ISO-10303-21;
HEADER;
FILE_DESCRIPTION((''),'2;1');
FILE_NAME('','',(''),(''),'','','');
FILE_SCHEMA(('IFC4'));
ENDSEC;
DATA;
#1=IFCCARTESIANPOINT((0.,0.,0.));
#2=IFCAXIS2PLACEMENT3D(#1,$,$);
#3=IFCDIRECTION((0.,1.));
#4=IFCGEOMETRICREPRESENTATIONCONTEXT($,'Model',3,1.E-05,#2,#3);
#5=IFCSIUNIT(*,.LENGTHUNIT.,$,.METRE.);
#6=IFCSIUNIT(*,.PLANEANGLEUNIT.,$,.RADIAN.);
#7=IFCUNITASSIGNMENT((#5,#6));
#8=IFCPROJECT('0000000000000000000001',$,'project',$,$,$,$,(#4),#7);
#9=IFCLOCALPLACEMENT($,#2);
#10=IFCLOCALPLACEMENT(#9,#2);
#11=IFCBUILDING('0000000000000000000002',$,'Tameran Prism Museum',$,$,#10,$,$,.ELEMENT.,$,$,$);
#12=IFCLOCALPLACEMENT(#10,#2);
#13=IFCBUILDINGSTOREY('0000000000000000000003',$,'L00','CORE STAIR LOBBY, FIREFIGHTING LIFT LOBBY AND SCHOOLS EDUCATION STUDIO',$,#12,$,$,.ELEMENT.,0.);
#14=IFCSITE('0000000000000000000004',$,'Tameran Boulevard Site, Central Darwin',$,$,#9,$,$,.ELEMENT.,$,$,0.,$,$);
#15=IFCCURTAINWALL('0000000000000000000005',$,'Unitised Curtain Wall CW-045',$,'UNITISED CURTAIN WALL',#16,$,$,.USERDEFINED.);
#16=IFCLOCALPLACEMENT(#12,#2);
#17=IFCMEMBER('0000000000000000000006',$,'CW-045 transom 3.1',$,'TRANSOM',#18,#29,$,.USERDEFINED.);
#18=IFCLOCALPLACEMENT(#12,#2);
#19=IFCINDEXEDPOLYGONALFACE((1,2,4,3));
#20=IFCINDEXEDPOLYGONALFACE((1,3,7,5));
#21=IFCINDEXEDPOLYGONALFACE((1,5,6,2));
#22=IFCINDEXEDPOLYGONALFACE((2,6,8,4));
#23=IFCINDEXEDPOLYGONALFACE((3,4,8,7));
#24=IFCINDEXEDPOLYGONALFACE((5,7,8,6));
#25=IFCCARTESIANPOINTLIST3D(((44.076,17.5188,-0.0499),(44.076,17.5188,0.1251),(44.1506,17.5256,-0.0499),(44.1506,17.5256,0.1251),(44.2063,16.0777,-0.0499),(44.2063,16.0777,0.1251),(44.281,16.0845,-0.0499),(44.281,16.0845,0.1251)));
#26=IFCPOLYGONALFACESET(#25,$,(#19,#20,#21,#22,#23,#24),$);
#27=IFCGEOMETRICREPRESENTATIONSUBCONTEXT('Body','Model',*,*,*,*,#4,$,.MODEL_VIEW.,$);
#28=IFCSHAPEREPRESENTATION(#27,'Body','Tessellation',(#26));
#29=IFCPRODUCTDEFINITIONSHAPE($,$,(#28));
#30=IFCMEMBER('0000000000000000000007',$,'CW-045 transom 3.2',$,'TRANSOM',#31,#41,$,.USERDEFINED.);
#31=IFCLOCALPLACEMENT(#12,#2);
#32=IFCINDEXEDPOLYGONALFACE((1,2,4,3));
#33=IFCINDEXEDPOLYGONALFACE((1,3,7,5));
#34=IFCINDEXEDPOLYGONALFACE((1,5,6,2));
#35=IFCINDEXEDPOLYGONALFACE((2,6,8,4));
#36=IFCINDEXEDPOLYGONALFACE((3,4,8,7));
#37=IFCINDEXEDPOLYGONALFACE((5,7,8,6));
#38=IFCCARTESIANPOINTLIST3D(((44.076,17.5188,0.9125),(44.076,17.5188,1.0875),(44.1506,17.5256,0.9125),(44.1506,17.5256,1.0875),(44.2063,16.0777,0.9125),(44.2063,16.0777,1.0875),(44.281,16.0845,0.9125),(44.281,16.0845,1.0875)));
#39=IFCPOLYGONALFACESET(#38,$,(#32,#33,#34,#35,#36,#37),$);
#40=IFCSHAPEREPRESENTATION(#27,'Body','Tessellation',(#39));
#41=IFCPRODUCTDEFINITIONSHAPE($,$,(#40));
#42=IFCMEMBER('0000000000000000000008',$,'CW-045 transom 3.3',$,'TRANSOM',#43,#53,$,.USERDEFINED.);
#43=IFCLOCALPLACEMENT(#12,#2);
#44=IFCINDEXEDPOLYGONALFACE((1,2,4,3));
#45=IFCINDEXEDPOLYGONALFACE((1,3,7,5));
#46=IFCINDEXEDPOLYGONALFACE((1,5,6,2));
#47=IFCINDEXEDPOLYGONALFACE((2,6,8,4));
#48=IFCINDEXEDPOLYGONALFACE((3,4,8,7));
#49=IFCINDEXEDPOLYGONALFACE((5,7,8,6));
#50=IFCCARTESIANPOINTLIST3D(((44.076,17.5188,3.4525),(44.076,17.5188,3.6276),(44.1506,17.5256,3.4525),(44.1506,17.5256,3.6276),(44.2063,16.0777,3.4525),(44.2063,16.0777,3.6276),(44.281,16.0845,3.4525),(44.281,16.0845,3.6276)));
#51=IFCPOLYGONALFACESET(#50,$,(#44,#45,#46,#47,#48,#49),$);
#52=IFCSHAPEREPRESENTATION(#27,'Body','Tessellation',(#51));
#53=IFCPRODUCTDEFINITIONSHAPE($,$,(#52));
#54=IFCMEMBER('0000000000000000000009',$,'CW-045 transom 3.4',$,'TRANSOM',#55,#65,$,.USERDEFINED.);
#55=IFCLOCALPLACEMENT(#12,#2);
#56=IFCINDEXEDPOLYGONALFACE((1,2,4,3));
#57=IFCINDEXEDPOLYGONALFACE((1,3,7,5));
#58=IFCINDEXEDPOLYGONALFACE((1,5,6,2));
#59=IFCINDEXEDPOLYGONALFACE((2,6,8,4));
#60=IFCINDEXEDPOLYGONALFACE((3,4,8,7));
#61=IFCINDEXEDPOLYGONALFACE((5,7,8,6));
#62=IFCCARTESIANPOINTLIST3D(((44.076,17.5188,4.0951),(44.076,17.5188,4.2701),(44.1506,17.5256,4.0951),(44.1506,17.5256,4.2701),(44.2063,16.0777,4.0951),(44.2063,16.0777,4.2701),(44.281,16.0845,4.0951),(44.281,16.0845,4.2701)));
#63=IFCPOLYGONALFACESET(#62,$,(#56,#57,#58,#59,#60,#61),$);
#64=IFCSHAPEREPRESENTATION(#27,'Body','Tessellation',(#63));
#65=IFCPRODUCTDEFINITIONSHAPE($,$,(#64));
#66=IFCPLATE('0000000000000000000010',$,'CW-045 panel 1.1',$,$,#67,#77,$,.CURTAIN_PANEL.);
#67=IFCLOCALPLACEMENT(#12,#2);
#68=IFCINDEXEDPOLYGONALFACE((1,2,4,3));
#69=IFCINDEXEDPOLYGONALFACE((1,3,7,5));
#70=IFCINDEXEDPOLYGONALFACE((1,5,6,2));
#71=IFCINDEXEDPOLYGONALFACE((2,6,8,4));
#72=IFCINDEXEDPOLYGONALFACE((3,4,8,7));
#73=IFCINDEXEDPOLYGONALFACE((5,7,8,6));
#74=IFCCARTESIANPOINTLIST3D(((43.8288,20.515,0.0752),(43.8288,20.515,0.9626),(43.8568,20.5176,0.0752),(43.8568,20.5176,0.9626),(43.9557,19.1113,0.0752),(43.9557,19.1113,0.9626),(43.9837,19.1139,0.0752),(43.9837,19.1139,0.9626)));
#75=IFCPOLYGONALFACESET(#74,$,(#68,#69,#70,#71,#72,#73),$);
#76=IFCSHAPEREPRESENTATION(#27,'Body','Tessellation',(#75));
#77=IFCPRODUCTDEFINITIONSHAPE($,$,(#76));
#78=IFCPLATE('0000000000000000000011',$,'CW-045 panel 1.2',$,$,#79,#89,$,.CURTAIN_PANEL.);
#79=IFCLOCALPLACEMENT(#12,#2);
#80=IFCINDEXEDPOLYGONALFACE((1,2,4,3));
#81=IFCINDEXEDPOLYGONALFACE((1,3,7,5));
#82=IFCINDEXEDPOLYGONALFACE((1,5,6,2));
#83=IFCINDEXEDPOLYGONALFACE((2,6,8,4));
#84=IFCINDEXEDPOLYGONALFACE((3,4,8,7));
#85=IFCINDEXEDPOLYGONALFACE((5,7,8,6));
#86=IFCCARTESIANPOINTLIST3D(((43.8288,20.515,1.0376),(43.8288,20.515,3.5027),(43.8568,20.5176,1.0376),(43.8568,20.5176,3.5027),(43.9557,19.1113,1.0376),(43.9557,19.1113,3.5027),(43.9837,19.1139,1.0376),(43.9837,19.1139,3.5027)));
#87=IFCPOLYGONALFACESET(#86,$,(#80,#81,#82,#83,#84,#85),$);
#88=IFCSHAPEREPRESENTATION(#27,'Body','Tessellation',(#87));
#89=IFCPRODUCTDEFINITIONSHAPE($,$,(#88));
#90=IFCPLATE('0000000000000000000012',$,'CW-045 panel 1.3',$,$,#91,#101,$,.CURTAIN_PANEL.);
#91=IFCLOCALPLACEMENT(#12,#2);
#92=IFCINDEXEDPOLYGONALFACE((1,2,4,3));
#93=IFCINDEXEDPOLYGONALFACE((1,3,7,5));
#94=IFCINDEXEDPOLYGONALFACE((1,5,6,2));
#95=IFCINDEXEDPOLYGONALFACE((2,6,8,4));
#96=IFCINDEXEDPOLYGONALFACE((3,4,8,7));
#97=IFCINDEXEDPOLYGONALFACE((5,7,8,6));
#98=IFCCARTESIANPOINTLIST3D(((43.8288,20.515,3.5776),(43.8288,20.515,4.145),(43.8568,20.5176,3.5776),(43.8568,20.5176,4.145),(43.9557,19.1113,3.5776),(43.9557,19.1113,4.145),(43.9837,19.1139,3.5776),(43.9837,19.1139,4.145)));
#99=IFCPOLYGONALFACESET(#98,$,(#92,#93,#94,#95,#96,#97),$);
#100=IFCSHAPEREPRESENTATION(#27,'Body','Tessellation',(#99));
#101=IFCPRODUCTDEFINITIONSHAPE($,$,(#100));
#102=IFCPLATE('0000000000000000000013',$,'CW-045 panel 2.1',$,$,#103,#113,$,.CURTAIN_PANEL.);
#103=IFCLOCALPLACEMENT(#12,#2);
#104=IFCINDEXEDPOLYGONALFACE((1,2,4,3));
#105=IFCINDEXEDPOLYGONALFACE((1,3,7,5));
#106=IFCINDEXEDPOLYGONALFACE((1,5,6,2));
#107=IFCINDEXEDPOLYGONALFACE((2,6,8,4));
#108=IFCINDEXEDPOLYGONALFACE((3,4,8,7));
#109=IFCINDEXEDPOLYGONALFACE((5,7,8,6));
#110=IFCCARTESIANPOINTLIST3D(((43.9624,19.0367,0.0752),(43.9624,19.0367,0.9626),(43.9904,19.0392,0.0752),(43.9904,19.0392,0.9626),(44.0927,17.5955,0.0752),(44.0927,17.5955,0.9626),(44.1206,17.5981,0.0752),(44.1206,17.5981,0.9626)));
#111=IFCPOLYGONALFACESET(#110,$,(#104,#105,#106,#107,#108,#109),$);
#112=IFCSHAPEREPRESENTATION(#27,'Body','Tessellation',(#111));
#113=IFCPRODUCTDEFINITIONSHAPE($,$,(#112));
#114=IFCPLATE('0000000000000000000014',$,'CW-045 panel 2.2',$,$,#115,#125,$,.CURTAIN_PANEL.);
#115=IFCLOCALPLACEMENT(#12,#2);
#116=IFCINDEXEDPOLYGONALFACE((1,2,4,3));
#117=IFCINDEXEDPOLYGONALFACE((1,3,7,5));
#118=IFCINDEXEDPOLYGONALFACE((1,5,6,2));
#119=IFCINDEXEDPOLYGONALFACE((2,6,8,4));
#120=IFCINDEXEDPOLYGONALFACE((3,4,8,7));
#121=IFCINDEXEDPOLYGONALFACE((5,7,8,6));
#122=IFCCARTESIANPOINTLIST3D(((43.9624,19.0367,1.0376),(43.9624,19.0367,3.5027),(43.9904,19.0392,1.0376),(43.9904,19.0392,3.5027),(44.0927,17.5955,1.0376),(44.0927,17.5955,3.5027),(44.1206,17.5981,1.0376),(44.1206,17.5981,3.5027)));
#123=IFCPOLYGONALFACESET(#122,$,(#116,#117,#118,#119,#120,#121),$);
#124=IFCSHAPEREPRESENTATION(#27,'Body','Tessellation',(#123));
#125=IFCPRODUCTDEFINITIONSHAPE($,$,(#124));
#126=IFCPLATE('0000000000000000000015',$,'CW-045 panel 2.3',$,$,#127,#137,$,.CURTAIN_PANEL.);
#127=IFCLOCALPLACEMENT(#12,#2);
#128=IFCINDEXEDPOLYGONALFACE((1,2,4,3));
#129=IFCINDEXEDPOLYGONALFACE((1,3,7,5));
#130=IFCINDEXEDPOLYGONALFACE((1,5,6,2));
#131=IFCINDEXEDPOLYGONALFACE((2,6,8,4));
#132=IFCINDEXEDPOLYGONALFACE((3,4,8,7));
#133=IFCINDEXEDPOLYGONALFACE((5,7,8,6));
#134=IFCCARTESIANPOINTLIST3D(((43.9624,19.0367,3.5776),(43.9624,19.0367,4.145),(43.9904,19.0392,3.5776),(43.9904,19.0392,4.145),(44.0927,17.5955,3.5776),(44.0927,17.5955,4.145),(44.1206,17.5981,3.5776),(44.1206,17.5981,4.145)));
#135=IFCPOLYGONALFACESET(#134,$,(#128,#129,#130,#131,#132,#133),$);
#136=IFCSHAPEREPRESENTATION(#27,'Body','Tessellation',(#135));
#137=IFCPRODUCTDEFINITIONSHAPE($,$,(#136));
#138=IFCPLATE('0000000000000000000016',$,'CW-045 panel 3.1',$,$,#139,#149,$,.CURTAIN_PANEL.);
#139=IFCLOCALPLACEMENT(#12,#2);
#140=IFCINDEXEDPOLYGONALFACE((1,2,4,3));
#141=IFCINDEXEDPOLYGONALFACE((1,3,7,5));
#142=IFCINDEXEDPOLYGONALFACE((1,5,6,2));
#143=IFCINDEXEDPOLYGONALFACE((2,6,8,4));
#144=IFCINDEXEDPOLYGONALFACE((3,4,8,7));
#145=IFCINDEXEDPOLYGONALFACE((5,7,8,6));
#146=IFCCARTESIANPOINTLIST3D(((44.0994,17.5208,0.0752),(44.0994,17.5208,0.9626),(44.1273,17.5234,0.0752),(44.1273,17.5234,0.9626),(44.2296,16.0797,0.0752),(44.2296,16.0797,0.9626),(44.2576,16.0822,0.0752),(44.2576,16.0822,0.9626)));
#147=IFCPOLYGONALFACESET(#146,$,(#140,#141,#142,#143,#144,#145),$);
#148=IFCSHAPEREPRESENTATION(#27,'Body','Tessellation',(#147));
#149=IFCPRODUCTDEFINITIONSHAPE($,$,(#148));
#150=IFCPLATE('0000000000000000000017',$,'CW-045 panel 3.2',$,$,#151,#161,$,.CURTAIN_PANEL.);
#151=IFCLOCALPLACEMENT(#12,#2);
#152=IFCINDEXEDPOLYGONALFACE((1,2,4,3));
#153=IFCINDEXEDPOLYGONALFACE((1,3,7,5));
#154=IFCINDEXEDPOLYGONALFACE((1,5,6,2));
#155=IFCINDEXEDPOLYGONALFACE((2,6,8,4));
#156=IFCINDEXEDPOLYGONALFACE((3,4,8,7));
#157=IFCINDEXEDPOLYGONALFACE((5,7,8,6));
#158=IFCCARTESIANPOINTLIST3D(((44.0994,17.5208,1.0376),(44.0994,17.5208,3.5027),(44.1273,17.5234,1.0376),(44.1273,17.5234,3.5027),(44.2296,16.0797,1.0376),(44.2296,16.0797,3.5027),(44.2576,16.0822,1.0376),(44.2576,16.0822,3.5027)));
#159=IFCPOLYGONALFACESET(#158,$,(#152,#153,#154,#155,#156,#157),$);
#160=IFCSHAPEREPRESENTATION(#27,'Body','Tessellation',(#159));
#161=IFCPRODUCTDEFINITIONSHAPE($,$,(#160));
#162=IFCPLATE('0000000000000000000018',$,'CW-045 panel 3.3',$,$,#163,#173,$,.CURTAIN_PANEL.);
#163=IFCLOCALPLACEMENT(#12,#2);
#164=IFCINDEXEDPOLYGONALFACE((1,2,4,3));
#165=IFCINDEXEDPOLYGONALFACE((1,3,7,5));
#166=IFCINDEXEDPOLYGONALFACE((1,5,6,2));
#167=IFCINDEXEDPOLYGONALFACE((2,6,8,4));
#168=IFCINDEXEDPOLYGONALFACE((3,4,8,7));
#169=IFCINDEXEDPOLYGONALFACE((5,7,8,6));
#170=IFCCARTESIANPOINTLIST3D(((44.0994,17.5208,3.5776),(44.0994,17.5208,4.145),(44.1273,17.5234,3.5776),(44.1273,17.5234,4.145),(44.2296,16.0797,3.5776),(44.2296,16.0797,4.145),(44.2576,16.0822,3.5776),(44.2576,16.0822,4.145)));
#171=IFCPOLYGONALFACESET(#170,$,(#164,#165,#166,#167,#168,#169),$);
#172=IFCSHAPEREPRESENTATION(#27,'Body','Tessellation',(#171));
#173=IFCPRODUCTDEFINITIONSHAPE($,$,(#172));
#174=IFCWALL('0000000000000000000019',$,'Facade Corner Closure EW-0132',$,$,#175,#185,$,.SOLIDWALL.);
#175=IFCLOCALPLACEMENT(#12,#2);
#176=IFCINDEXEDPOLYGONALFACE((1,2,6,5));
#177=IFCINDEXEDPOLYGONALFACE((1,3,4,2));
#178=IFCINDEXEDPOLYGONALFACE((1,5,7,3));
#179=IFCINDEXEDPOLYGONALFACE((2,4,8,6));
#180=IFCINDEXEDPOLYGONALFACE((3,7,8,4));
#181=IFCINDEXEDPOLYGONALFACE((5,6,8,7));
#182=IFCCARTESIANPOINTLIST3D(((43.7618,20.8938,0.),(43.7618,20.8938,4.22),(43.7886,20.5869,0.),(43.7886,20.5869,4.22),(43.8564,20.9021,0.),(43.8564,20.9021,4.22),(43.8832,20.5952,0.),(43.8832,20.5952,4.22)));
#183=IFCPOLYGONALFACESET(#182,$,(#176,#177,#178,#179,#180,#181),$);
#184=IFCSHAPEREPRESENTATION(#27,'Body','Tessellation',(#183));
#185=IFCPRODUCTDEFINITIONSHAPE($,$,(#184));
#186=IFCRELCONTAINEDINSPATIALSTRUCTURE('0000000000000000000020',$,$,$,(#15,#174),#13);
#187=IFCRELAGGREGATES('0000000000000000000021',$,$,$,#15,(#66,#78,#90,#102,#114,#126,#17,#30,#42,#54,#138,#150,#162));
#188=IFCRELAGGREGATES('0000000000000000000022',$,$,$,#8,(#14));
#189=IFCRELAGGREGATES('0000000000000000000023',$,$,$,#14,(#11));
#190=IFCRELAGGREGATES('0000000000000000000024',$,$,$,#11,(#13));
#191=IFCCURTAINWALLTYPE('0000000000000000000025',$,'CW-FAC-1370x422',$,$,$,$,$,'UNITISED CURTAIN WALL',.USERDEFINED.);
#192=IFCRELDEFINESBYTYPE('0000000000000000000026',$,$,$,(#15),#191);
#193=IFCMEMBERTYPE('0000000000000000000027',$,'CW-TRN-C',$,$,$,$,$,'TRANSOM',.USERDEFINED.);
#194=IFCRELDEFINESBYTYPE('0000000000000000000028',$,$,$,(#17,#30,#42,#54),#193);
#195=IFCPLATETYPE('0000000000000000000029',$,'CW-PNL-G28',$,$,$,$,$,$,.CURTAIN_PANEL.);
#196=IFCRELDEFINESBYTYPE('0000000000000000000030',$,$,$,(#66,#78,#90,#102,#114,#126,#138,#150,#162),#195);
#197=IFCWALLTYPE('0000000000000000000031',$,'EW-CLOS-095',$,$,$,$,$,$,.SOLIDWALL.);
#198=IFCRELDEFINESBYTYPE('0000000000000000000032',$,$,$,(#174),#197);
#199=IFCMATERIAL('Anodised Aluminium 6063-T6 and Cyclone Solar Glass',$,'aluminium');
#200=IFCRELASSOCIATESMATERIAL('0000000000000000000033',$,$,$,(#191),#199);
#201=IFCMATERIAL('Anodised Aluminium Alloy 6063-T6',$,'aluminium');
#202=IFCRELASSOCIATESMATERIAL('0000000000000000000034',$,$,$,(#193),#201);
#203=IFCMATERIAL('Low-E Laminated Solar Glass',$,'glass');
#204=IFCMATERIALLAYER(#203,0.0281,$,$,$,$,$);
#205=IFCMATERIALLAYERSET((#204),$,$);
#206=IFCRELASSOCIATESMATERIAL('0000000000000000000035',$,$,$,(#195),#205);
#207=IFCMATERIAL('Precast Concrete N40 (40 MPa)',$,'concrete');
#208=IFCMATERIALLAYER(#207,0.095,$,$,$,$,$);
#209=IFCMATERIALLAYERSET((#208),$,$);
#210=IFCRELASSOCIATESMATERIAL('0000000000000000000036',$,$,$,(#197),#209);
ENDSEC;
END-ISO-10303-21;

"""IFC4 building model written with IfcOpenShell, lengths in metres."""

from ifc_helpers import new_model, si_unit, direction, frame, frame_2d, origin, origin_2d, place, context, subcontext, project, spatial, rectangle, extrude, material, layer, layer_set, material_profile, profile_set, type_object, element, aggregate, save


model = new_model("IFC4")

# Units and contexts
model_context = context("Model", 3, precision=1e-05, world=origin(), true_north=direction((0.0, 1.0)))
body_context = subcontext(model_context, "Body", "Model", "MODEL_VIEW")
ifc_project = project(units=[si_unit("LENGTHUNIT", "METRE"), si_unit("PLANEANGLEUNIT", "RADIAN")], contexts=[model_context])

# Site, building, storey
site_placement = place(None, origin())
site = spatial("IfcSite", under=ifc_project, at=site_placement, Name="Tameran Boulevard Site, Central Darwin", CompositionType="ELEMENT", RefElevation=0.0)
building_placement = place(site_placement, origin())
building = spatial("IfcBuilding", under=site, at=building_placement, Name="Tameran Prism Museum", CompositionType="ELEMENT")
storey_placement = place(building_placement, origin())
storey = spatial("IfcBuildingStorey", under=building, at=storey_placement, Name="L00", Description="CORE STAIR LOBBY, FIREFIGHTING LIFT LOBBY AND SCHOOLS EDUCATION STUDIO", CompositionType="ELEMENT", Elevation=0.0)

# Curtain wall, members, plates
ifc_material_1 = material(Name="Anodised Aluminium 6063-T6 and Cyclone Solar Glass", Category="aluminium")
curtain_wall_type = type_object("IfcCurtainWallType", Name="CW-FAC-1370x422", ElementType="UNITISED CURTAIN WALL", PredefinedType="USERDEFINED", material=ifc_material_1)
curtain_wall_placement = place(storey_placement, origin())
curtain_wall = element("IfcCurtainWall", 1, at=curtain_wall_placement, inside=storey, type_object=curtain_wall_type, Name="Unitised Curtain Wall CW-045", ObjectType="UNITISED CURTAIN WALL", PredefinedType="USERDEFINED")
ifc_material_2 = material(Name="Anodised Aluminium Alloy 6063-T6", Category="aluminium")
ifc_material_profile_1 = material_profile(ifc_material_2, rectangle(XDim=0.075, YDim=0.175, at=origin_2d()))
ifc_profile_set_1 = profile_set([ifc_material_profile_1])
member_type_1 = type_object("IfcMemberType", Name="CW-TRN-C", ElementType="TRANSOM", PredefinedType="USERDEFINED", material=ifc_profile_set_1)
member_1_placement = place(storey_placement, frame((44.1133, 17.5222, 0.0376), z_axis=(0.090095, -0.995933, 0.0), x_axis=(0.995933, 0.090095, 0.0)))
member_1 = element("IfcMember", 2, at=member_1_placement, type_object=member_type_1, Name="CW-045 transom 3.1", ObjectType="TRANSOM", PredefinedType="USERDEFINED", context=body_context, shape_type="SweptSolid", body=[
    extrude(rectangle(XDim=0.075, YDim=0.175, at=origin_2d()), origin(), (0.0, 0.0, 1.0), 1.447),
])
member_2_placement = place(storey_placement, frame((44.1133, 17.5222, 1.0), z_axis=(0.090095, -0.995933, 0.0), x_axis=(0.995933, 0.090095, 0.0)))
member_2 = element("IfcMember", 3, at=member_2_placement, type_object=member_type_1, Name="CW-045 transom 3.2", ObjectType="TRANSOM", PredefinedType="USERDEFINED", context=body_context, shape_type="SweptSolid", body=[
    extrude(rectangle(XDim=0.075, YDim=0.175, at=origin_2d()), origin(), (0.0, 0.0, 1.0), 1.447),
])
member_3_placement = place(storey_placement, frame((44.1133, 17.5222, 3.54), z_axis=(0.090095, -0.995933, 0.0), x_axis=(0.995933, 0.090095, 0.0)))
member_3 = element("IfcMember", 4, at=member_3_placement, type_object=member_type_1, Name="CW-045 transom 3.3", ObjectType="TRANSOM", PredefinedType="USERDEFINED", context=body_context, shape_type="SweptSolid", body=[
    extrude(rectangle(XDim=0.075, YDim=0.175, at=origin_2d()), origin(), (0.0, 0.0, 1.0), 1.447),
])
member_4_placement = place(storey_placement, frame((44.1133, 17.5222, 4.1826), z_axis=(0.090095, -0.995933, 0.0), x_axis=(0.995933, 0.090095, 0.0)))
member_4 = element("IfcMember", 5, at=member_4_placement, type_object=member_type_1, Name="CW-045 transom 3.4", ObjectType="TRANSOM", PredefinedType="USERDEFINED", context=body_context, shape_type="SweptSolid", body=[
    extrude(rectangle(XDim=0.075, YDim=0.175, at=origin_2d()), origin(), (0.0, 0.0, 1.0), 1.447),
])
ifc_material_3 = material(Name="Low-E Laminated Solar Glass", Category="glass")
ifc_layer_1 = layer(ifc_material_3, 0.0281)
ifc_layer_set_1 = layer_set([ifc_layer_1])
plate_type = type_object("IfcPlateType", Name="CW-PNL-G28", PredefinedType="CURTAIN_PANEL", material=ifc_layer_set_1)
plate_1_placement = place(storey_placement, frame((43.9062, 19.8145, 0.0752), z_axis=(0.0, 0.0, 1.0), x_axis=(0.090016, -0.99594, 0.0)))
plate_1 = element("IfcPlate", 6, at=plate_1_placement, type_object=plate_type, Name="CW-045 panel 1.1", PredefinedType="CURTAIN_PANEL", context=body_context, shape_type="SweptSolid", body=[
    extrude(rectangle(XDim=1.4094, YDim=0.0281, at=origin_2d()), origin(), (0.0, 0.0, 1.0), 0.8875),
])
plate_2_placement = place(storey_placement, frame((43.9062, 19.8145, 1.0376), z_axis=(0.0, 0.0, 1.0), x_axis=(0.090016, -0.99594, 0.0)))
plate_2 = element("IfcPlate", 7, at=plate_2_placement, type_object=plate_type, Name="CW-045 panel 1.2", PredefinedType="CURTAIN_PANEL", context=body_context, shape_type="SweptSolid", body=[
    extrude(rectangle(XDim=1.4094, YDim=0.0281, at=origin_2d()), origin(), (0.0, 0.0, 1.0), 2.4651),
])
plate_3_placement = place(storey_placement, frame((43.9062, 19.8145, 3.5776), z_axis=(0.0, 0.0, 1.0), x_axis=(0.090016, -0.99594, 0.0)))
plate_3 = element("IfcPlate", 8, at=plate_3_placement, type_object=plate_type, Name="CW-045 panel 1.3", PredefinedType="CURTAIN_PANEL", context=body_context, shape_type="SweptSolid", body=[
    extrude(rectangle(XDim=1.4094, YDim=0.0281, at=origin_2d()), origin(), (0.0, 0.0, 1.0), 0.5674),
])
plate_4_placement = place(storey_placement, frame((44.0415, 18.3174, 0.0752), z_axis=(0.0, 0.0, 1.0), x_axis=(0.090016, -0.99594, 0.0)))
plate_4 = element("IfcPlate", 9, at=plate_4_placement, type_object=plate_type, Name="CW-045 panel 2.1", PredefinedType="CURTAIN_PANEL", context=body_context, shape_type="SweptSolid", body=[
    extrude(rectangle(XDim=1.447, YDim=0.0281, at=origin_2d()), origin(), (0.0, 0.0, 1.0), 0.8875),
])
plate_5_placement = place(storey_placement, frame((44.0415, 18.3174, 1.0376), z_axis=(0.0, 0.0, 1.0), x_axis=(0.090016, -0.99594, 0.0)))
plate_5 = element("IfcPlate", 10, at=plate_5_placement, type_object=plate_type, Name="CW-045 panel 2.2", PredefinedType="CURTAIN_PANEL", context=body_context, shape_type="SweptSolid", body=[
    extrude(rectangle(XDim=1.447, YDim=0.0281, at=origin_2d()), origin(), (0.0, 0.0, 1.0), 2.4651),
])
plate_6_placement = place(storey_placement, frame((44.0415, 18.3174, 3.5776), z_axis=(0.0, 0.0, 1.0), x_axis=(0.090016, -0.99594, 0.0)))
plate_6 = element("IfcPlate", 11, at=plate_6_placement, type_object=plate_type, Name="CW-045 panel 2.3", PredefinedType="CURTAIN_PANEL", context=body_context, shape_type="SweptSolid", body=[
    extrude(rectangle(XDim=1.447, YDim=0.0281, at=origin_2d()), origin(), (0.0, 0.0, 1.0), 0.5674),
])
plate_7_placement = place(storey_placement, frame((44.1785, 16.8015, 0.0752), z_axis=(0.0, 0.0, 1.0), x_axis=(0.090016, -0.99594, 0.0)))
plate_7 = element("IfcPlate", 12, at=plate_7_placement, type_object=plate_type, Name="CW-045 panel 3.1", PredefinedType="CURTAIN_PANEL", context=body_context, shape_type="SweptSolid", body=[
    extrude(rectangle(XDim=1.447, YDim=0.0281, at=origin_2d()), origin(), (0.0, 0.0, 1.0), 0.8875),
])
plate_8_placement = place(storey_placement, frame((44.1785, 16.8015, 1.0376), z_axis=(0.0, 0.0, 1.0), x_axis=(0.090016, -0.99594, 0.0)))
plate_8 = element("IfcPlate", 13, at=plate_8_placement, type_object=plate_type, Name="CW-045 panel 3.2", PredefinedType="CURTAIN_PANEL", context=body_context, shape_type="SweptSolid", body=[
    extrude(rectangle(XDim=1.447, YDim=0.0281, at=origin_2d()), origin(), (0.0, 0.0, 1.0), 2.4651),
])
plate_9_placement = place(storey_placement, frame((44.1785, 16.8015, 3.5776), z_axis=(0.0, 0.0, 1.0), x_axis=(0.090016, -0.99594, 0.0)))
plate_9 = element("IfcPlate", 14, at=plate_9_placement, type_object=plate_type, Name="CW-045 panel 3.3", PredefinedType="CURTAIN_PANEL", context=body_context, shape_type="SweptSolid", body=[
    extrude(rectangle(XDim=1.447, YDim=0.0281, at=origin_2d()), origin(), (0.0, 0.0, 1.0), 0.5674),
])
aggregate(curtain_wall, [plate_1, plate_2, plate_3, plate_4, plate_5, plate_6, member_1, member_2, member_3, member_4, plate_7, plate_8, plate_9])

# Wall
ifc_material_4 = material(Name="Precast Concrete N40 (40 MPa)", Category="concrete")
ifc_layer_2 = layer(ifc_material_4, 0.095)
ifc_layer_set_2 = layer_set([ifc_layer_2])
wall_type = type_object("IfcWallType", Name="EW-CLOS-095", PredefinedType="SOLIDWALL", material=ifc_layer_set_2)
wall_placement = place(storey_placement, frame((43.8091, 20.8979, 0.0), z_axis=(0.0, 0.0, 1.0), x_axis=(0.087177, -0.996193, 0.0)))
element("IfcWall", 15, at=wall_placement, inside=storey, type_object=wall_type, Name="Facade Corner Closure EW-0132", PredefinedType="SOLIDWALL", context=body_context, shape_type="SweptSolid", body=[
    extrude(rectangle(XDim=0.3081, YDim=0.095, at=frame_2d((0.1541, 0.0))), origin(), (0.0, 0.0, 1.0), 4.22),
])

save(model, "model.ifc")
